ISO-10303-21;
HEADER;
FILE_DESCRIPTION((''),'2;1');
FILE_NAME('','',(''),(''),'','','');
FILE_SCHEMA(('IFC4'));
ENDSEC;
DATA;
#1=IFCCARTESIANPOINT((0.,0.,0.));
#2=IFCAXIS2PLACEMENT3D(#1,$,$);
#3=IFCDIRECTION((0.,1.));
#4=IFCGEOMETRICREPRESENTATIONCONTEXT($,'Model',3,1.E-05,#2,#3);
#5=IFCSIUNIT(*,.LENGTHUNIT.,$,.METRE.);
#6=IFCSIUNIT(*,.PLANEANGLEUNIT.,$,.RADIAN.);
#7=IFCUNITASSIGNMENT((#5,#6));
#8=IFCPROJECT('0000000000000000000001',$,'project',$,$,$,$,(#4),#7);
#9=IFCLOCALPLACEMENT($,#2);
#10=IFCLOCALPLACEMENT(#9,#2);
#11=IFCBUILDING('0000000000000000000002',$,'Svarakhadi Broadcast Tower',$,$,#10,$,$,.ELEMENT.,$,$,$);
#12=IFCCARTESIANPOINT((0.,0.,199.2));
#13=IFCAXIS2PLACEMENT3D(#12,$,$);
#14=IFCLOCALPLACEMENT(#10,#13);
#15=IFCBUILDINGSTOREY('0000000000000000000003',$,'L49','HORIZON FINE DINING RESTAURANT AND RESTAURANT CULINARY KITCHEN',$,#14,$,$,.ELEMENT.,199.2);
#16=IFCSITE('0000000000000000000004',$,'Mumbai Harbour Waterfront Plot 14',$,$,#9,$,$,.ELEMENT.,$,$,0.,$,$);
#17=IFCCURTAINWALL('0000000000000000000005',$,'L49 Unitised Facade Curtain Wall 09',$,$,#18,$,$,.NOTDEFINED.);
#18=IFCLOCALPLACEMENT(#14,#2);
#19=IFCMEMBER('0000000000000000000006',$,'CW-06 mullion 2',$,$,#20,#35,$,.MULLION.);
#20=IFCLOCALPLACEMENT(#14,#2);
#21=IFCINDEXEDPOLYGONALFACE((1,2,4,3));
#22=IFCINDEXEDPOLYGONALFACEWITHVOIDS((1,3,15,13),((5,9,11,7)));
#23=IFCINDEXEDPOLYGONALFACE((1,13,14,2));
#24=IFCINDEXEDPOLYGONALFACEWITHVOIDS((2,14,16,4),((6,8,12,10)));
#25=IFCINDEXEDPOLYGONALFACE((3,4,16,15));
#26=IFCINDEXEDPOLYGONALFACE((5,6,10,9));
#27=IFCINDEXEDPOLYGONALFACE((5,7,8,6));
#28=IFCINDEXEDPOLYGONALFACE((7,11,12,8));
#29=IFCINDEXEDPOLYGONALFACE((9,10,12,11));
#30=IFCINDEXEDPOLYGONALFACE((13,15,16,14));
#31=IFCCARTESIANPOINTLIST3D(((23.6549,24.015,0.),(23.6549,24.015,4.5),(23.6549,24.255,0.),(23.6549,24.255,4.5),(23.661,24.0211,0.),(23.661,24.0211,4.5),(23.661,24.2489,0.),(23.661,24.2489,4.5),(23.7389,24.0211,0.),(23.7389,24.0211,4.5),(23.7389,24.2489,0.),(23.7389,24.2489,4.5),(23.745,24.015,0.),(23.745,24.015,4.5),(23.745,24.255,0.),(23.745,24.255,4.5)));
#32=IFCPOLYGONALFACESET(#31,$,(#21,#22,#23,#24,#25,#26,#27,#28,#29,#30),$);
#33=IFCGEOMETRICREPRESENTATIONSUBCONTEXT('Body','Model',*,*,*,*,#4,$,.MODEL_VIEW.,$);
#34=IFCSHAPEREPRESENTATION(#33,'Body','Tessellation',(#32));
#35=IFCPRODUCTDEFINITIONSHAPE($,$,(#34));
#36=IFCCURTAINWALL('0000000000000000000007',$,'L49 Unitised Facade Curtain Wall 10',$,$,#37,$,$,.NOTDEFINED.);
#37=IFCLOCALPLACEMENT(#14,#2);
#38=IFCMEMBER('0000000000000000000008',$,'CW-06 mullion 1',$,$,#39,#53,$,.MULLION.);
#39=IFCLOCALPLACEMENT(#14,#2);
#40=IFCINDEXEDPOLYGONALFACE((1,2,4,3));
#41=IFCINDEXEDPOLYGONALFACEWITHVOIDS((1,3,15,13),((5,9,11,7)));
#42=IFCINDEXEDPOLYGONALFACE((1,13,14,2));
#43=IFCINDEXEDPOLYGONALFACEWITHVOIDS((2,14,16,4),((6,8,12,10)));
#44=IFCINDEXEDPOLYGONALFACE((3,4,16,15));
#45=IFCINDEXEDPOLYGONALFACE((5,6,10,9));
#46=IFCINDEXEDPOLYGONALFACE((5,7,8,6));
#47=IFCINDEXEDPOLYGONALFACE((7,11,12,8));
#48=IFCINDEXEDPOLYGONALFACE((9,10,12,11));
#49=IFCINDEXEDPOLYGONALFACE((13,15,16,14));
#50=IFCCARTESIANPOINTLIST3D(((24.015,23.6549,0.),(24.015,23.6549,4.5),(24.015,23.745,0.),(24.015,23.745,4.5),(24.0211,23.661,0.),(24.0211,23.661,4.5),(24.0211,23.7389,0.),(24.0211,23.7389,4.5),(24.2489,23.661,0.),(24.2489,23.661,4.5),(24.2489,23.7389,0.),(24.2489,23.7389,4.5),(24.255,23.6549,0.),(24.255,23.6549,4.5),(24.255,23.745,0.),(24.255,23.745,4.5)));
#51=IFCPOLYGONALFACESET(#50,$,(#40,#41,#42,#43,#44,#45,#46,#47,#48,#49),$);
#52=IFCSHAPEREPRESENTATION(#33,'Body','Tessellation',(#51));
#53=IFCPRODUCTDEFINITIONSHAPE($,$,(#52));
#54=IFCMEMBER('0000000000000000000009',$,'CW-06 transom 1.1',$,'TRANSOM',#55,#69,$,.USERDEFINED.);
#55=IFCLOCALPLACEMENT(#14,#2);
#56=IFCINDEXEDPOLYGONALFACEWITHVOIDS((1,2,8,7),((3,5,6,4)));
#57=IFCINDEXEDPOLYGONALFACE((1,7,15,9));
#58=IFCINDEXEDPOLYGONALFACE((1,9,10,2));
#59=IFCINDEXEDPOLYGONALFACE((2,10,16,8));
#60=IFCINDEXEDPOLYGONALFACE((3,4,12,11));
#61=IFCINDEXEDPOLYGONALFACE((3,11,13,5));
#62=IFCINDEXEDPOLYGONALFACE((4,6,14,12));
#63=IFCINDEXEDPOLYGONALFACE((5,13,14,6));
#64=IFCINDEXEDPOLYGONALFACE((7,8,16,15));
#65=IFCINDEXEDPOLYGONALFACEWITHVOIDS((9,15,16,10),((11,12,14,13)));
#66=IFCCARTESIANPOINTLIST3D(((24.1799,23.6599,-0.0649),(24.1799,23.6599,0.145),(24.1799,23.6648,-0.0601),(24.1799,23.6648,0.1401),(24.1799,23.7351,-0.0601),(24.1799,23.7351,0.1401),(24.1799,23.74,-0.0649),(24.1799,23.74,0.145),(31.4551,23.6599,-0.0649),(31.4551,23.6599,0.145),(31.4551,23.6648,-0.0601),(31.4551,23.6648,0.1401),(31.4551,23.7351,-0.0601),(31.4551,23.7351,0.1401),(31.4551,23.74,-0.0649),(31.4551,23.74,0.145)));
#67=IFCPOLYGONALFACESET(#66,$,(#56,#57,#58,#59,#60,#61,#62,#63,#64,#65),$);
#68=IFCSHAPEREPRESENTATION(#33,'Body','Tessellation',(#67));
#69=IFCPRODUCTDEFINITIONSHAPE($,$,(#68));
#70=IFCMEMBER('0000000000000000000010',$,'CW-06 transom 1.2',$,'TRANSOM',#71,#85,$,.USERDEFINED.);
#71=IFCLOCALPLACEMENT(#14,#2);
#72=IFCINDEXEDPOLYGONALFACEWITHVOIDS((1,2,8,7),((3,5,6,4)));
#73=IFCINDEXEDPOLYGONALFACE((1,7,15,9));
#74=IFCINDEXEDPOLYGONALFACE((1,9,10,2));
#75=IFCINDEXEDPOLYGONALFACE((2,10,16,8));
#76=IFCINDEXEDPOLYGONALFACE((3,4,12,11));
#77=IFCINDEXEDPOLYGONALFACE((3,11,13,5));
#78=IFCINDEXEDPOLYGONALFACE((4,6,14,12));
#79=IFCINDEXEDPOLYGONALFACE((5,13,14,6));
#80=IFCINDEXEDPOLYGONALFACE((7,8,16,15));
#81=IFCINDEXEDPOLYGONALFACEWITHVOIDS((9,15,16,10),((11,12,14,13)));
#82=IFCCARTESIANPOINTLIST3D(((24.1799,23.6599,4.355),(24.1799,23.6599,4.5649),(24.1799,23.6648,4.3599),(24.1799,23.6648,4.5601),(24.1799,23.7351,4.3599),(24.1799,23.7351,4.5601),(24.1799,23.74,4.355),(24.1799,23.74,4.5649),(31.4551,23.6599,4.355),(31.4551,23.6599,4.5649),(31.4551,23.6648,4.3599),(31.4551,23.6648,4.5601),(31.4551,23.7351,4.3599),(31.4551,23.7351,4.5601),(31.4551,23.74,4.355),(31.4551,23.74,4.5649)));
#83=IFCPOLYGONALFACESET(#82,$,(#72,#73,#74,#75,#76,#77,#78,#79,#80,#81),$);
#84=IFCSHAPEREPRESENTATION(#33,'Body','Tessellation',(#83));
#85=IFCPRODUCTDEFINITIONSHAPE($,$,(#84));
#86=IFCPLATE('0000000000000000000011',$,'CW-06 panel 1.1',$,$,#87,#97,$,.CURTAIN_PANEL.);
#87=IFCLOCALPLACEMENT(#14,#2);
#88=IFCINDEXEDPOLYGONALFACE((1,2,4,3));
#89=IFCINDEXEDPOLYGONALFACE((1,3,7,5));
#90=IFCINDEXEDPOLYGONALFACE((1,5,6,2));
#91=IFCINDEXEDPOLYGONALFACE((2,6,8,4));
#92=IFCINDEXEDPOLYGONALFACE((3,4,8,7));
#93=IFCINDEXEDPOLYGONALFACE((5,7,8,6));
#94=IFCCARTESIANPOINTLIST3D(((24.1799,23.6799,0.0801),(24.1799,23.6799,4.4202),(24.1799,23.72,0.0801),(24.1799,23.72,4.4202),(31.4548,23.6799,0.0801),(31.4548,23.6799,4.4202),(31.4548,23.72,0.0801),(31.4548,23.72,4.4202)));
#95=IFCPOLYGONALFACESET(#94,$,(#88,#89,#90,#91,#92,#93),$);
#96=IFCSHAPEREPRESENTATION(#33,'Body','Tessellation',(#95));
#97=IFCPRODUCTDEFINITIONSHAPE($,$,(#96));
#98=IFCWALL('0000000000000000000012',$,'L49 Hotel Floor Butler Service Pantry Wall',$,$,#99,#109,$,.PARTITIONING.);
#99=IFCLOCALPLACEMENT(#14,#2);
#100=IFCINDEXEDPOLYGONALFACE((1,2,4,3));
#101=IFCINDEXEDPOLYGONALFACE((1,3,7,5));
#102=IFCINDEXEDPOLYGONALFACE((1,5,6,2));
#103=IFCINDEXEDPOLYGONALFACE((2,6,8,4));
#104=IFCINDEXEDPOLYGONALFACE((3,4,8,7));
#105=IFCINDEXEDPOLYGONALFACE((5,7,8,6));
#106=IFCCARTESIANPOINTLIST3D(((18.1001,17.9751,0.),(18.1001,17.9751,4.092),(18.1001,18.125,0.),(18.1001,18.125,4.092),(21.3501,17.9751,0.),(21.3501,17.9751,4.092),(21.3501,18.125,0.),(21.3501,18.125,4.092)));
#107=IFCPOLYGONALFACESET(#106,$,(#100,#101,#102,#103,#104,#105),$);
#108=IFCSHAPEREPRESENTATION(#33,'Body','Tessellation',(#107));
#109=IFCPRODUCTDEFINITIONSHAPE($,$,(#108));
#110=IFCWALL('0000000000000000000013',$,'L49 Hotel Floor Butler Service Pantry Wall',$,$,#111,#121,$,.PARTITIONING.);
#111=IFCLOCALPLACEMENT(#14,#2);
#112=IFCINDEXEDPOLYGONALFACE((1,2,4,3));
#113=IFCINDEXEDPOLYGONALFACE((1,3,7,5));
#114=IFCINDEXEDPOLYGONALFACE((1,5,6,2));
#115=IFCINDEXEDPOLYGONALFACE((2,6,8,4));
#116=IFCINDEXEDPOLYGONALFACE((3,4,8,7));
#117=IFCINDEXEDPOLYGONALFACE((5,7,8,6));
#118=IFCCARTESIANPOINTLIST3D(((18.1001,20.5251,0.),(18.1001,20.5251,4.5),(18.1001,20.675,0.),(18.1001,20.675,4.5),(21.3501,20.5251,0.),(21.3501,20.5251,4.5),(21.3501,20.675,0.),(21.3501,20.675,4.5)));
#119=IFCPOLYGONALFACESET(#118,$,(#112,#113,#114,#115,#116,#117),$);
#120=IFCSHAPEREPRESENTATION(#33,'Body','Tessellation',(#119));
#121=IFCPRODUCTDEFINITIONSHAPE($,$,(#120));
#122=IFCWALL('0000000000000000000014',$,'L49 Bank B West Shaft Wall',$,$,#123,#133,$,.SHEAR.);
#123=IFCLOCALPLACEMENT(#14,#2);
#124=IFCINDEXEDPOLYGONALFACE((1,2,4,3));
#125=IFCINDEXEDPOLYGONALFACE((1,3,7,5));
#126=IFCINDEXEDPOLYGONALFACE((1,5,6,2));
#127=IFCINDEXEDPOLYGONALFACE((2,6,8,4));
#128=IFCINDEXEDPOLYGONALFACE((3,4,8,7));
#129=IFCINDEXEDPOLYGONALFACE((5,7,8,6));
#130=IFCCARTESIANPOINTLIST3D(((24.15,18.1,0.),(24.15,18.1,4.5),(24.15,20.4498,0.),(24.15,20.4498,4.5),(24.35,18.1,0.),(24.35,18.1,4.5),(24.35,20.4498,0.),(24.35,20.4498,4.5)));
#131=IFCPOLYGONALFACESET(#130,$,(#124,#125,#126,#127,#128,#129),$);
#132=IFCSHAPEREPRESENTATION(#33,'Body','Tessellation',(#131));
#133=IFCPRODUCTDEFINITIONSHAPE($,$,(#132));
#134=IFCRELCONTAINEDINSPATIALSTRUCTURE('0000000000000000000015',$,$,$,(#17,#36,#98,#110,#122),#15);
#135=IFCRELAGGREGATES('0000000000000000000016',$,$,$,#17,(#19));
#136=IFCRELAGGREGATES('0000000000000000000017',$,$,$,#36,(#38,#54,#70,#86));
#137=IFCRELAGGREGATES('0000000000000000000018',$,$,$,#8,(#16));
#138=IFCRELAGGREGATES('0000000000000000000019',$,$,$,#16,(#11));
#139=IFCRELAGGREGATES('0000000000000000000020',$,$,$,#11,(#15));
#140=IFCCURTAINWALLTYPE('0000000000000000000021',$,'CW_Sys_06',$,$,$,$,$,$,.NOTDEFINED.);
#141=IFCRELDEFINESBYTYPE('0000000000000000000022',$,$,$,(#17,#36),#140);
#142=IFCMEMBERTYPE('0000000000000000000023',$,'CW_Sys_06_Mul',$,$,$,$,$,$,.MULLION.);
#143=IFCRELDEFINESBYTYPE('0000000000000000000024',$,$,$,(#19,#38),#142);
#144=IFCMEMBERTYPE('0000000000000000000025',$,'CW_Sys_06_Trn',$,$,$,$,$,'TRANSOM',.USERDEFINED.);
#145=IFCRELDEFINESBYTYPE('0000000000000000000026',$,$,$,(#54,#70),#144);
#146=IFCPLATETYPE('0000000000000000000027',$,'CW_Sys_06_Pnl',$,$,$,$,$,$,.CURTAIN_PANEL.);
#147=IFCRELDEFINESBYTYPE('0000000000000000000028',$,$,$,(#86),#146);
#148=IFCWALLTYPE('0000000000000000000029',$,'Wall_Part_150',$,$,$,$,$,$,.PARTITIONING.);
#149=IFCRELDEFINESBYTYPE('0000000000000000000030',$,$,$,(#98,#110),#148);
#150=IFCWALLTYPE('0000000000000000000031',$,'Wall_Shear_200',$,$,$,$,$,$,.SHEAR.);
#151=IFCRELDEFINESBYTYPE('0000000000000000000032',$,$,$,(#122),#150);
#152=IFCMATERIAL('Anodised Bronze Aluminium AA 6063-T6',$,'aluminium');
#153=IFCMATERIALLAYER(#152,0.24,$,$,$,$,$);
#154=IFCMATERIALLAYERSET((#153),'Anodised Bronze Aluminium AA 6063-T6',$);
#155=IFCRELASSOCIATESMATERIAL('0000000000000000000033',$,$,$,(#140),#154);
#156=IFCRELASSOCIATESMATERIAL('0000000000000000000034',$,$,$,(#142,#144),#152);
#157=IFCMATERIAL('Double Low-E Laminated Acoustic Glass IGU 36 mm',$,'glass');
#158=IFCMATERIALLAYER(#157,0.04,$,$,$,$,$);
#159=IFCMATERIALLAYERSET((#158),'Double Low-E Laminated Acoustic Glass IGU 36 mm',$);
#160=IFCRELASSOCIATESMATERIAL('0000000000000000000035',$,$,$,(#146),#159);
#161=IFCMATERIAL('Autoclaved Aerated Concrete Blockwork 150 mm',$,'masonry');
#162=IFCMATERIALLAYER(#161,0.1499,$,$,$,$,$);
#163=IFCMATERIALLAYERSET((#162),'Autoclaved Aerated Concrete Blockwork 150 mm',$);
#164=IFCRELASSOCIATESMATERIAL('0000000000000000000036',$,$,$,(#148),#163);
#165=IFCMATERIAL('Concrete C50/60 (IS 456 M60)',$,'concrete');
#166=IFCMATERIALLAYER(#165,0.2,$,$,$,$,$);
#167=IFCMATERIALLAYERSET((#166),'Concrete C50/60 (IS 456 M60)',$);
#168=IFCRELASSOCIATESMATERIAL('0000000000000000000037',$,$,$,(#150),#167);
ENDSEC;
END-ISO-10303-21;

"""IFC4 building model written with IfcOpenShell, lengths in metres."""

from ifc_helpers import new_model, si_unit, direction, frame, frame_2d, origin, origin_2d, place, context, subcontext, project, spatial, rectangle, hollow_rectangle, extrude, material, layer, layer_set, material_profile, profile_set, type_object, element, aggregate, save


model = new_model("IFC4")

# Units and contexts
model_context = context("Model", 3, precision=1e-05, world=origin(), true_north=direction((0.0, 1.0)))
body_context = subcontext(model_context, "Body", "Model", "MODEL_VIEW")
ifc_project = project(units=[si_unit("LENGTHUNIT", "METRE"), si_unit("PLANEANGLEUNIT", "RADIAN")], contexts=[model_context])

# Site, building, storey
site_placement = place(None, origin())
site = spatial("IfcSite", under=ifc_project, at=site_placement, Name="Mumbai Harbour Waterfront Plot 14", CompositionType="ELEMENT", RefElevation=0.0)
building_placement = place(site_placement, origin())
building = spatial("IfcBuilding", under=site, at=building_placement, Name="Svarakhadi Broadcast Tower", CompositionType="ELEMENT")
storey_placement = place(building_placement, frame((0.0, 0.0, 199.2)))
storey = spatial("IfcBuildingStorey", under=building, at=storey_placement, Name="L49", Description="HORIZON FINE DINING RESTAURANT AND RESTAURANT CULINARY KITCHEN", CompositionType="ELEMENT", Elevation=199.2)

# Curtain wall, member
ifc_material_1 = material(Name="Anodised Bronze Aluminium AA 6063-T6", Category="aluminium")
ifc_layer_1 = layer(ifc_material_1, 0.24)
ifc_layer_set_1 = layer_set([ifc_layer_1], Name="Anodised Bronze Aluminium AA 6063-T6")
curtain_wall_type = type_object("IfcCurtainWallType", Name="CW_Sys_06", PredefinedType="NOTDEFINED", material=ifc_layer_set_1)
curtain_wall_1_placement = place(storey_placement, origin())
curtain_wall_1 = element("IfcCurtainWall", 1, at=curtain_wall_1_placement, inside=storey, type_object=curtain_wall_type, Name="L49 Unitised Facade Curtain Wall 09", PredefinedType="NOTDEFINED")
ifc_material_profile_1 = material_profile(ifc_material_1, hollow_rectangle(XDim=0.0901, YDim=0.24, WallThickness=0.0061, at=origin_2d()), Name="ALU MULLION 240x90x6")
ifc_profile_set_1 = profile_set([ifc_material_profile_1], Name="Anodised Bronze Aluminium AA 6063-T6")
member_type_1 = type_object("IfcMemberType", Name="CW_Sys_06_Mul", PredefinedType="MULLION", material=ifc_profile_set_1)
member_1_placement = place(storey_placement, frame((23.7, 24.135, 0.0), z_axis=(0.0, 0.0, 1.0), x_axis=(1.0, 0.0, 0.0)))
member_1 = element("IfcMember", 2, at=member_1_placement, type_object=member_type_1, Name="CW-06 mullion 2", PredefinedType="MULLION", context=body_context, shape_type="SweptSolid", body=[
    extrude(hollow_rectangle(XDim=0.0901, YDim=0.24, WallThickness=0.0061, at=origin_2d()), origin(), (0.0, 0.0, 1.0), 4.5),
])
aggregate(curtain_wall_1, [member_1])

# Curtain wall, members, plate
curtain_wall_2_placement = place(storey_placement, origin())
curtain_wall_2 = element("IfcCurtainWall", 3, at=curtain_wall_2_placement, inside=storey, type_object=curtain_wall_type, Name="L49 Unitised Facade Curtain Wall 10", PredefinedType="NOTDEFINED")
member_2_placement = place(storey_placement, frame((24.135, 23.7, 0.0), z_axis=(0.0, 0.0, 1.0), x_axis=(0.0, 1.0, 0.0)))
member_2 = element("IfcMember", 4, at=member_2_placement, type_object=member_type_1, Name="CW-06 mullion 1", PredefinedType="MULLION", context=body_context, shape_type="SweptSolid", body=[
    extrude(hollow_rectangle(XDim=0.0901, YDim=0.24, WallThickness=0.0061, at=origin_2d()), origin(), (0.0, 0.0, 1.0), 4.5),
])
ifc_material_profile_2 = material_profile(ifc_material_1, hollow_rectangle(XDim=0.0801, YDim=0.21, WallThickness=0.0049, at=origin_2d()), Name="ALU TRANSOM 210x80x5")
ifc_profile_set_2 = profile_set([ifc_material_profile_2], Name="Anodised Bronze Aluminium AA 6063-T6")
member_type_2 = type_object("IfcMemberType", Name="CW_Sys_06_Trn", ElementType="TRANSOM", PredefinedType="USERDEFINED", material=ifc_profile_set_2)
member_3_placement = place(storey_placement, frame((24.1799, 23.7, 0.04), z_axis=(1.0, 0.0, 0.0), x_axis=(0.0, 1.0, 0.0)))
member_3 = element("IfcMember", 5, at=member_3_placement, type_object=member_type_2, Name="CW-06 transom 1.1", ObjectType="TRANSOM", PredefinedType="USERDEFINED", context=body_context, shape_type="SweptSolid", body=[
    extrude(hollow_rectangle(XDim=0.0801, YDim=0.21, WallThickness=0.0049, at=origin_2d()), origin(), (0.0, 0.0, 1.0), 7.2751),
])
member_4_placement = place(storey_placement, frame((24.1799, 23.7, 4.46), z_axis=(1.0, 0.0, 0.0), x_axis=(0.0, 1.0, 0.0)))
member_4 = element("IfcMember", 6, at=member_4_placement, type_object=member_type_2, Name="CW-06 transom 1.2", ObjectType="TRANSOM", PredefinedType="USERDEFINED", context=body_context, shape_type="SweptSolid", body=[
    extrude(hollow_rectangle(XDim=0.0801, YDim=0.21, WallThickness=0.0049, at=origin_2d()), origin(), (0.0, 0.0, 1.0), 7.2751),
])
ifc_material_2 = material(Name="Double Low-E Laminated Acoustic Glass IGU 36 mm", Category="glass")
ifc_layer_2 = layer(ifc_material_2, 0.04)
ifc_layer_set_2 = layer_set([ifc_layer_2], Name="Double Low-E Laminated Acoustic Glass IGU 36 mm")
plate_type = type_object("IfcPlateType", Name="CW_Sys_06_Pnl", PredefinedType="CURTAIN_PANEL", material=ifc_layer_set_2)
plate_placement = place(storey_placement, frame((27.8174, 23.7, 0.0801), z_axis=(0.0, 0.0, 1.0), x_axis=(1.0, 0.0, 0.0)))
plate = element("IfcPlate", 7, at=plate_placement, type_object=plate_type, Name="CW-06 panel 1.1", PredefinedType="CURTAIN_PANEL", context=body_context, shape_type="SweptSolid", body=[
    extrude(rectangle(XDim=7.2749, YDim=0.04, at=origin_2d()), origin(), (0.0, 0.0, 1.0), 4.3401),
])
aggregate(curtain_wall_2, [member_2, member_3, member_4, plate])

# Walls
ifc_material_3 = material(Name="Autoclaved Aerated Concrete Blockwork 150 mm", Category="masonry")
ifc_layer_3 = layer(ifc_material_3, 0.1499)
ifc_layer_set_3 = layer_set([ifc_layer_3], Name="Autoclaved Aerated Concrete Blockwork 150 mm")
wall_type_1 = type_object("IfcWallType", Name="Wall_Part_150", PredefinedType="PARTITIONING", material=ifc_layer_set_3)
wall_1_placement = place(storey_placement, frame((18.1001, 18.05, 0.0), z_axis=(0.0, 0.0, 1.0), x_axis=(1.0, 0.0, 0.0)))
element("IfcWall", 8, at=wall_1_placement, inside=storey, type_object=wall_type_1, Name="L49 Hotel Floor Butler Service Pantry Wall", PredefinedType="PARTITIONING", context=body_context, shape_type="SweptSolid", body=[
    extrude(rectangle(XDim=3.25, YDim=0.1499, at=frame_2d((1.625, 0.0))), origin(), (0.0, 0.0, 1.0), 4.092),
])
wall_2_placement = place(storey_placement, frame((18.1001, 20.6001, 0.0), z_axis=(0.0, 0.0, 1.0), x_axis=(1.0, 0.0, 0.0)))
element("IfcWall", 9, at=wall_2_placement, inside=storey, type_object=wall_type_1, Name="L49 Hotel Floor Butler Service Pantry Wall", PredefinedType="PARTITIONING", context=body_context, shape_type="SweptSolid", body=[
    extrude(rectangle(XDim=3.25, YDim=0.1499, at=frame_2d((1.625, 0.0))), origin(), (0.0, 0.0, 1.0), 4.5),
])
ifc_material_4 = material(Name="Concrete C50/60 (IS 456 M60)", Category="concrete")
ifc_layer_4 = layer(ifc_material_4, 0.2)
ifc_layer_set_4 = layer_set([ifc_layer_4], Name="Concrete C50/60 (IS 456 M60)")
wall_type_2 = type_object("IfcWallType", Name="Wall_Shear_200", PredefinedType="SHEAR", material=ifc_layer_set_4)
wall_3_placement = place(storey_placement, frame((24.25, 18.1001, 0.0), z_axis=(0.0, 0.0, 1.0), x_axis=(0.0, 1.0, 0.0)))
element("IfcWall", 10, at=wall_3_placement, inside=storey, type_object=wall_type_2, Name="L49 Bank B West Shaft Wall", PredefinedType="SHEAR", context=body_context, shape_type="SweptSolid", body=[
    extrude(rectangle(XDim=2.3499, YDim=0.2, at=frame_2d((1.1748, 0.0))), origin(), (0.0, 0.0, 1.0), 4.5),
])

save(model, "model.ifc")
